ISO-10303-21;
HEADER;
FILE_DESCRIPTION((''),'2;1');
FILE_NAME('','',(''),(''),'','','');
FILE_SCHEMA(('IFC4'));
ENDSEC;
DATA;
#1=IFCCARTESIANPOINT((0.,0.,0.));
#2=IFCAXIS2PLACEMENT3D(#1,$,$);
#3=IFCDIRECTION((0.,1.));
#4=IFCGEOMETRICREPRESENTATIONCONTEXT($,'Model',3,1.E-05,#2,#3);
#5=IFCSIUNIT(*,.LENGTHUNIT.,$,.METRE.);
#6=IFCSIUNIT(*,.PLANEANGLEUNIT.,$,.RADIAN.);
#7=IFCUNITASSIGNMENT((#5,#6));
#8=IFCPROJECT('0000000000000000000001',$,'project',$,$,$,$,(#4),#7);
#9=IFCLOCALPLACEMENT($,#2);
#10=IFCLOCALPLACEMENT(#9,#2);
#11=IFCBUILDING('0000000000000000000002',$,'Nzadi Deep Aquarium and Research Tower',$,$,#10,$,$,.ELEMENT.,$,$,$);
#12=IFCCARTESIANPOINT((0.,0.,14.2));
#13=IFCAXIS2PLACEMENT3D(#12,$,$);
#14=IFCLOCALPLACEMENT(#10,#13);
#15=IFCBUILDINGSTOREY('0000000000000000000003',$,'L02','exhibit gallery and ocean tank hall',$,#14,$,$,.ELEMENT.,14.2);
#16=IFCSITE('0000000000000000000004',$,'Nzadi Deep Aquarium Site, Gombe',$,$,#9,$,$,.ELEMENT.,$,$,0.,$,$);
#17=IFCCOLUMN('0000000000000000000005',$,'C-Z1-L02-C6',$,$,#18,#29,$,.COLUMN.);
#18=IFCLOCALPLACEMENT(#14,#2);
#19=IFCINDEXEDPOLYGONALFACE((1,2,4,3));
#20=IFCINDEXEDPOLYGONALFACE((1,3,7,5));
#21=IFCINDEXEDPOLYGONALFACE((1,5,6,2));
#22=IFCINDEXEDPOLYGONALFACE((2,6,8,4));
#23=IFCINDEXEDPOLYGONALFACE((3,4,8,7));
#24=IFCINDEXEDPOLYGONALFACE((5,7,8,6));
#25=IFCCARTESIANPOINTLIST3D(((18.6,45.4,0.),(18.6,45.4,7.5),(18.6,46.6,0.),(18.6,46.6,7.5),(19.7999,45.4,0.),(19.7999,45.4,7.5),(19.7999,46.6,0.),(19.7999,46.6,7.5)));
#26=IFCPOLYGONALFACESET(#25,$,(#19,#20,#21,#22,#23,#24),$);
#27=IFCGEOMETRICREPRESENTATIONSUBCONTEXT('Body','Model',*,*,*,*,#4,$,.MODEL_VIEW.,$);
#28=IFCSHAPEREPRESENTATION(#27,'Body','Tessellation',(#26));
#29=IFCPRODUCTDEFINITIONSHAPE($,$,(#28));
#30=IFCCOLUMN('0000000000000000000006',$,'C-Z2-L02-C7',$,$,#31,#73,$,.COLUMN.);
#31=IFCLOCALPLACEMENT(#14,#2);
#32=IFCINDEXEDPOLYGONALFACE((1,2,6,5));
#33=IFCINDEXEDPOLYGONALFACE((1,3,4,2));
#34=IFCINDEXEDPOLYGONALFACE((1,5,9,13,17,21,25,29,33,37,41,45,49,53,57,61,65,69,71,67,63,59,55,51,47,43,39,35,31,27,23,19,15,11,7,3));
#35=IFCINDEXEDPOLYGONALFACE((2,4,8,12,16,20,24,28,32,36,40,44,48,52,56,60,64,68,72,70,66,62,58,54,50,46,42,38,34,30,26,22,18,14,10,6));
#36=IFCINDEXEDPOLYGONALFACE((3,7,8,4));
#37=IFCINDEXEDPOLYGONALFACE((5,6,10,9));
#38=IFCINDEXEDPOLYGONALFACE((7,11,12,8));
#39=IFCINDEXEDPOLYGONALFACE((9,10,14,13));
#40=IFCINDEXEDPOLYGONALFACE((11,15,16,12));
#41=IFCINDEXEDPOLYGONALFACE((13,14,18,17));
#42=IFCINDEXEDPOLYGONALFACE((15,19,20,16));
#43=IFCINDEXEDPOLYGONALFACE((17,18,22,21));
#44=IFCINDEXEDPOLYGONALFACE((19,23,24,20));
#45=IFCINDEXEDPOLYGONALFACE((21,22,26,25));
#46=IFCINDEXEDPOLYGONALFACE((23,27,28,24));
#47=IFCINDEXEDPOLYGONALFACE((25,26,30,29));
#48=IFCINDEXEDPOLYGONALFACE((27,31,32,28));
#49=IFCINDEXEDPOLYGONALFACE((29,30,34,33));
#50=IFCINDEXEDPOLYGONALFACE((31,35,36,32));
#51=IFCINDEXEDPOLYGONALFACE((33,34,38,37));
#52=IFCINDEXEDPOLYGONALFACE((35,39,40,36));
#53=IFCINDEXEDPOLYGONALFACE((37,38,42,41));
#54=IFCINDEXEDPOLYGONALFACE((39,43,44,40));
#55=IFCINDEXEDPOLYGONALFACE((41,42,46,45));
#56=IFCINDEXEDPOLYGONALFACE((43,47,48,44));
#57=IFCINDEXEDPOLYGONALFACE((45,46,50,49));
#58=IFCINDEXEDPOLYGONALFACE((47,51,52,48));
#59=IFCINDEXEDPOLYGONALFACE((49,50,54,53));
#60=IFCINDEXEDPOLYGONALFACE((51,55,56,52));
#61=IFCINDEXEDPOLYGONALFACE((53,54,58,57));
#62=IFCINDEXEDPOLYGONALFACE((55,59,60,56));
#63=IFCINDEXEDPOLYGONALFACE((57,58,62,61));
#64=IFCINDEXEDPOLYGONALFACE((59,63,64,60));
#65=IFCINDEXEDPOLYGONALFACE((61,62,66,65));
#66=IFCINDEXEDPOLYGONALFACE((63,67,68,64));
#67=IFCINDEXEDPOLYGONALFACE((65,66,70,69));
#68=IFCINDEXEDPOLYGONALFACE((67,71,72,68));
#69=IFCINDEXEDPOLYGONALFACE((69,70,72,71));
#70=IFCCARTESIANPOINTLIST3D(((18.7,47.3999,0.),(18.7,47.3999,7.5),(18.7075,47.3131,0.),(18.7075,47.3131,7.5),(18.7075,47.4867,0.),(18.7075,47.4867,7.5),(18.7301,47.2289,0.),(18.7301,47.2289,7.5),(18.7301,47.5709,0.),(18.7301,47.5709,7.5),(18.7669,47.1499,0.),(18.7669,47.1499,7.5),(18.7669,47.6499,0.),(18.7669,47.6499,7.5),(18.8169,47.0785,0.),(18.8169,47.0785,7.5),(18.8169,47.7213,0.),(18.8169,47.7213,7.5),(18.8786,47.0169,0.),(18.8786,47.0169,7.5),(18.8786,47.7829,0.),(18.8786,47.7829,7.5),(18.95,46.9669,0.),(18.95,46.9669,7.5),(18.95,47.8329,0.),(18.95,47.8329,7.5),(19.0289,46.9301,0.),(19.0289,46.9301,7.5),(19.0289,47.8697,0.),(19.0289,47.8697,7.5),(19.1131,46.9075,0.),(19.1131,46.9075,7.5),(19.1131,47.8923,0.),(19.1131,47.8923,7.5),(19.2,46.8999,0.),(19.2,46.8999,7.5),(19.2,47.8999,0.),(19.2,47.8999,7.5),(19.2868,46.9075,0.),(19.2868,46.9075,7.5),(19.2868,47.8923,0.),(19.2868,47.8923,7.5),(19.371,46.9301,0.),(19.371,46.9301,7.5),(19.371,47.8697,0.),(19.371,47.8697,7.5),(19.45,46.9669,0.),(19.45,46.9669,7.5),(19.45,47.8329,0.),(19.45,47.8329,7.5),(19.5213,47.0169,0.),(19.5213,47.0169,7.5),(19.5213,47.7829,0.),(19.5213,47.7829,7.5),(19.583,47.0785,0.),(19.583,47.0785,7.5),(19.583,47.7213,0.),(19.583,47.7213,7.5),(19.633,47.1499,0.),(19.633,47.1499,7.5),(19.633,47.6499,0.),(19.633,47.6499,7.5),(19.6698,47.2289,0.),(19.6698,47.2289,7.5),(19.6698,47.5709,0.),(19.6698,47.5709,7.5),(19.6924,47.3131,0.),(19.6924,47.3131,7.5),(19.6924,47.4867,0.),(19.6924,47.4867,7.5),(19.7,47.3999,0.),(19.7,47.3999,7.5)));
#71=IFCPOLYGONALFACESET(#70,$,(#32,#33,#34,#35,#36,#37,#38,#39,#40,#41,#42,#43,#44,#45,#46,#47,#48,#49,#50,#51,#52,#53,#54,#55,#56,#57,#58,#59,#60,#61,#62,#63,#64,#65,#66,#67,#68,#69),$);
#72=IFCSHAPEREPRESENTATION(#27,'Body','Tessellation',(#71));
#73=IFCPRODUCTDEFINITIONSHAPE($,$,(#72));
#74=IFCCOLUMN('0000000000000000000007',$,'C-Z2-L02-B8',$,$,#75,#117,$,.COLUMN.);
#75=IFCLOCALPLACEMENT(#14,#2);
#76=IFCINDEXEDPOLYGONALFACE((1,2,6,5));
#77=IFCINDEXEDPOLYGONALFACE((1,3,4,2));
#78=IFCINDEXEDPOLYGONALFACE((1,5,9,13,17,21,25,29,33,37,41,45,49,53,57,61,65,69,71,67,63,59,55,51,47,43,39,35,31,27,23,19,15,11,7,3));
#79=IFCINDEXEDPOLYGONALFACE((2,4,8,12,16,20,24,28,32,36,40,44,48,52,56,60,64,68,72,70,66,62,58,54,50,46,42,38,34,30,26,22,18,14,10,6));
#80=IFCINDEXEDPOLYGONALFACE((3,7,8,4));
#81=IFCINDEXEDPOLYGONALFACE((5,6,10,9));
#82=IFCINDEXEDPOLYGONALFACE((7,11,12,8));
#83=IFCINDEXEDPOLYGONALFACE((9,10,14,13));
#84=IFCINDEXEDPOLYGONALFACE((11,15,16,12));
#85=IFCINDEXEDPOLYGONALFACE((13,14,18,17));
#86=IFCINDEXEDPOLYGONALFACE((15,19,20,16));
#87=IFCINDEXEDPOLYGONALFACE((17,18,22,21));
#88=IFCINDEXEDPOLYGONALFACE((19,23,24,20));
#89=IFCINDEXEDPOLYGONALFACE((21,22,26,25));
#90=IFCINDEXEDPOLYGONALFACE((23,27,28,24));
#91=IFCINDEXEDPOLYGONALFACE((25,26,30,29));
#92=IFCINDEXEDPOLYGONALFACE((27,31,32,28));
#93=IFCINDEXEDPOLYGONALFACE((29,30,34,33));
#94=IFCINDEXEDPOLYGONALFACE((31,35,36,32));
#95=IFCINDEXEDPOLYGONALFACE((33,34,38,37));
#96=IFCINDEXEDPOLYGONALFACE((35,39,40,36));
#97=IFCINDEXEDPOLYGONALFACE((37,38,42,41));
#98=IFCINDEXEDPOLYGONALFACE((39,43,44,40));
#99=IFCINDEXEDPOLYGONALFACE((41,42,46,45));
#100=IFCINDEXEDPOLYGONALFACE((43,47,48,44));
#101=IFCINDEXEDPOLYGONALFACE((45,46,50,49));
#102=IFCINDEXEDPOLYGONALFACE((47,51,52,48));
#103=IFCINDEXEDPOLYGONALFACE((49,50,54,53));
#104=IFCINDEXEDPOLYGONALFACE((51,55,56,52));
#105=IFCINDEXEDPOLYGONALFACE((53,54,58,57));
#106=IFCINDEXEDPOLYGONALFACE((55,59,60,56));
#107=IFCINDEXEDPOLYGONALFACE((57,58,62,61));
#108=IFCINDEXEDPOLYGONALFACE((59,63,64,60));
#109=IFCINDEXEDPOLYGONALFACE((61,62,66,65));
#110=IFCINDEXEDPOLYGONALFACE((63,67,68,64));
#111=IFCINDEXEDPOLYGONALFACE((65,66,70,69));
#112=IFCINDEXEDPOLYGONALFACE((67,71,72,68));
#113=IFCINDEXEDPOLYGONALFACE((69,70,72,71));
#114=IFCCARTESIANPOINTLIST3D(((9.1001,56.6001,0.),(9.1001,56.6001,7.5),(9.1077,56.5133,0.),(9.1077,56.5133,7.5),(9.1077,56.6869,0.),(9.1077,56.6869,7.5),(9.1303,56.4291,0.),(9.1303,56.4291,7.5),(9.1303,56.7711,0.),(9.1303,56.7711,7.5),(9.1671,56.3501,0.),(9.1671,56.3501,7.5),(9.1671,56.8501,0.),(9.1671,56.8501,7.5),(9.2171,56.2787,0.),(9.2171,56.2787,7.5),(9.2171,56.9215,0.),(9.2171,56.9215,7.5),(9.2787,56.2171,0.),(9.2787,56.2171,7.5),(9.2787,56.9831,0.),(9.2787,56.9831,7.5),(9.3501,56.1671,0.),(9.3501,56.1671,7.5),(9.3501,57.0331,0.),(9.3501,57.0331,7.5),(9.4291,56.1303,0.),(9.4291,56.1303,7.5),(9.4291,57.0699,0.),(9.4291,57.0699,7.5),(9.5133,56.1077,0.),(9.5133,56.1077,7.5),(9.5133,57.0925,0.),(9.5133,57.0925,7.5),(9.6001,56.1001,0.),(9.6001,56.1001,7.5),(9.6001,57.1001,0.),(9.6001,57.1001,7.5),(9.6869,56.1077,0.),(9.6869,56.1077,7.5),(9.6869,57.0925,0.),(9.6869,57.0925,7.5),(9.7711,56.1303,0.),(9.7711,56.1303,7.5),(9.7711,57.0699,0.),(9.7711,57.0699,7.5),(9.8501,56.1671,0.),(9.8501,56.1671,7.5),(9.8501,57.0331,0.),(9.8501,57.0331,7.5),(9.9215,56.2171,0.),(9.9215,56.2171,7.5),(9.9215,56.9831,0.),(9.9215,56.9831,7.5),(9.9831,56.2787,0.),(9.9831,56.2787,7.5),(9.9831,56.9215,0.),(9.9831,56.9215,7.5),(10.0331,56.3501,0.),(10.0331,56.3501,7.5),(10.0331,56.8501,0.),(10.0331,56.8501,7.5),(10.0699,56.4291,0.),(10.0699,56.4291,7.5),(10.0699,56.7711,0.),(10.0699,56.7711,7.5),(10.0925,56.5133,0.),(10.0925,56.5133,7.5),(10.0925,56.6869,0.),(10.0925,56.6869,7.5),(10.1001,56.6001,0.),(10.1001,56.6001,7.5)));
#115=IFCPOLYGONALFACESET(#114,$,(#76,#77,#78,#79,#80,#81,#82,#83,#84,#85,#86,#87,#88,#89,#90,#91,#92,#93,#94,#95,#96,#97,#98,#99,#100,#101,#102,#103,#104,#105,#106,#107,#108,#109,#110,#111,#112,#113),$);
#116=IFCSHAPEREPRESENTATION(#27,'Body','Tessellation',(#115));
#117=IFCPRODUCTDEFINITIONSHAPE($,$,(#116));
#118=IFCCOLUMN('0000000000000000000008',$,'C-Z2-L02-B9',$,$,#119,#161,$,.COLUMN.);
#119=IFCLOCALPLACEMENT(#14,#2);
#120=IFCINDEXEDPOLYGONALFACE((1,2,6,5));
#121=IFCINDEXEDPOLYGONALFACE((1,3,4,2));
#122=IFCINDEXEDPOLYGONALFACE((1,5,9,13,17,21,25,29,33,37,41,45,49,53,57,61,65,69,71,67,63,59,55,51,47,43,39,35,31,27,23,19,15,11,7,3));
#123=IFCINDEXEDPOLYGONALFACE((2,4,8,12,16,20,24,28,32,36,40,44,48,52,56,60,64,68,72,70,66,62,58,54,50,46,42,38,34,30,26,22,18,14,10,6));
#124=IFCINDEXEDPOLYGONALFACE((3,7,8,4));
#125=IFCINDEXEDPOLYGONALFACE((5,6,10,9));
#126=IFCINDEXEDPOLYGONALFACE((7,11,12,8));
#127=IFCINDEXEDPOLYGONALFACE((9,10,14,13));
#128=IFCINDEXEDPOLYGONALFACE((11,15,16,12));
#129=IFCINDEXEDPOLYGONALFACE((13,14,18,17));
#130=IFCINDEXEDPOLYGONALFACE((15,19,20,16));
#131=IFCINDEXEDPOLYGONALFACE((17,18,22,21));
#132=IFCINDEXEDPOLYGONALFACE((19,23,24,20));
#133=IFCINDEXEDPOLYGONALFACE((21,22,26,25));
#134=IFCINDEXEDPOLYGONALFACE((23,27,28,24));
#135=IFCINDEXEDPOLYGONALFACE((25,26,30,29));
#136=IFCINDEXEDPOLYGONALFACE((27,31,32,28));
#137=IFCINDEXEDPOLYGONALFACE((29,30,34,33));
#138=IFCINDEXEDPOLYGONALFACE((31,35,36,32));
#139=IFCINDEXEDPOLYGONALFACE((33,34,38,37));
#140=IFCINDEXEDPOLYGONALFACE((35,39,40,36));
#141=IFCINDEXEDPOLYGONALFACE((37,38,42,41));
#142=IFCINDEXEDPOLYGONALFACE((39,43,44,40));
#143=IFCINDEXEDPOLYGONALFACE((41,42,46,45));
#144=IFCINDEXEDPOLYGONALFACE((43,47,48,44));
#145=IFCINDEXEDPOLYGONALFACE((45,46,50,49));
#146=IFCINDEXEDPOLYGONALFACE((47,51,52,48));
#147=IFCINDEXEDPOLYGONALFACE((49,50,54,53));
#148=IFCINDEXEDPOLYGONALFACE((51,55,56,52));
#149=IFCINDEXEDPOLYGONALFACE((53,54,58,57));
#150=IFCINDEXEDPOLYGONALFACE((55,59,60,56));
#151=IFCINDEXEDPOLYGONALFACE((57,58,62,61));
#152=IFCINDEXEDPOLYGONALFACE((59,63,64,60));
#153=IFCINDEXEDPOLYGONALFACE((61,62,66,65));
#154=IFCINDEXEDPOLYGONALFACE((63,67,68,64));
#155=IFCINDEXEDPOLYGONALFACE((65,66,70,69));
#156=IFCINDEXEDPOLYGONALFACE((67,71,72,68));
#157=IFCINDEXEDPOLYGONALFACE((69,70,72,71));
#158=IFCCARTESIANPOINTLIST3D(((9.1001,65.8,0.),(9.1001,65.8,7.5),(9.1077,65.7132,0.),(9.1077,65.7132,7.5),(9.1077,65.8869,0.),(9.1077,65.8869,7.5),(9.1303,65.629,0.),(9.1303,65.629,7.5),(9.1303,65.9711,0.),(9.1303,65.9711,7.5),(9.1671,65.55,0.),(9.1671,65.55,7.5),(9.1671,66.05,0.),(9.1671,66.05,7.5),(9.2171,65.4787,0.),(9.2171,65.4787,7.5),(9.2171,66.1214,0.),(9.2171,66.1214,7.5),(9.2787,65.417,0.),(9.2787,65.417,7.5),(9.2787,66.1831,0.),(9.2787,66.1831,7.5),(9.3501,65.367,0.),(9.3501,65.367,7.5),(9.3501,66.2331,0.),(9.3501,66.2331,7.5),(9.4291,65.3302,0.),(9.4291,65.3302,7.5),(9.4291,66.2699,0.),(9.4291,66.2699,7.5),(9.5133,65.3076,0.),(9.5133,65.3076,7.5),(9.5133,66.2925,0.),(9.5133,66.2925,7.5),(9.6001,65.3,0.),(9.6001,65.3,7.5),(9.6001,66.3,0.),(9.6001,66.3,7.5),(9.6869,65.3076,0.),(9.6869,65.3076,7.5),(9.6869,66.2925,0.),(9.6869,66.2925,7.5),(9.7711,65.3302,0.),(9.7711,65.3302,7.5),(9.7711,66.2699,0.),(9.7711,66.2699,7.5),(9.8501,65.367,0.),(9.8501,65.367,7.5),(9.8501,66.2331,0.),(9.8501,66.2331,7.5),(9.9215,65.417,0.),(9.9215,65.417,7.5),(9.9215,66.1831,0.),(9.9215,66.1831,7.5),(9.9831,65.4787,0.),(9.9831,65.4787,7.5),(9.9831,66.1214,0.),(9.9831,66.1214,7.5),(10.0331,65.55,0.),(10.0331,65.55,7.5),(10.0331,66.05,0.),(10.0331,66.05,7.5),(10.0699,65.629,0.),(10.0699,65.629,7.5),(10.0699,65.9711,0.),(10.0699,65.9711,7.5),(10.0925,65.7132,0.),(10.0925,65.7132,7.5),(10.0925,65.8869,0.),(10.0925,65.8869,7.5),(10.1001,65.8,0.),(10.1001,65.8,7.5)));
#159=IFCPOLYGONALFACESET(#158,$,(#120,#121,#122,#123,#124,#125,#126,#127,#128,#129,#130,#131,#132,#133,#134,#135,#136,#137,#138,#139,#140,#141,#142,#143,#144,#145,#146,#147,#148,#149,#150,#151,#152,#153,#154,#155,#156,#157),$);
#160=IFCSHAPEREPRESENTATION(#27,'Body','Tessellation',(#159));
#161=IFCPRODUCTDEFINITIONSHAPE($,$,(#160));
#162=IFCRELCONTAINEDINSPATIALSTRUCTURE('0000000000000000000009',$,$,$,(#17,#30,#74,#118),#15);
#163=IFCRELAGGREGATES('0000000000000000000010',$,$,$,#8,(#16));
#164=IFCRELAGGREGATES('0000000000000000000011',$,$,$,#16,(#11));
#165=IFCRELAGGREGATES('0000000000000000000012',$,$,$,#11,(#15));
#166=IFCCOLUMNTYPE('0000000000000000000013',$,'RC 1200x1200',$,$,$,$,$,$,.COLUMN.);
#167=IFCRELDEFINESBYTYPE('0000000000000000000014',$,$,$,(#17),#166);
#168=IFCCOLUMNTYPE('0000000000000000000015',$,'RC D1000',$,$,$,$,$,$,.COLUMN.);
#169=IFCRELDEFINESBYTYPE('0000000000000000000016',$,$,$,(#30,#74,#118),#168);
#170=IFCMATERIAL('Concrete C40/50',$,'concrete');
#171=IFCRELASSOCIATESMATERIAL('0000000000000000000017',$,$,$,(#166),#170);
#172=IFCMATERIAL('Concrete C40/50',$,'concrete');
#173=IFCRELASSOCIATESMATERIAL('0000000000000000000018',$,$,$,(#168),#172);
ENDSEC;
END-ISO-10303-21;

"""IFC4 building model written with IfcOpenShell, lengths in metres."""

from ifc_helpers import new_model, si_unit, direction, frame, origin, origin_2d, place, context, subcontext, project, spatial, rectangle, circle, extrude, material, material_profile, profile_set, type_object, element, save


model = new_model("IFC4")

# Units and contexts
model_context = context("Model", 3, precision=1e-05, world=origin(), true_north=direction((0.0, 1.0)))
body_context = subcontext(model_context, "Body", "Model", "MODEL_VIEW")
ifc_project = project(units=[si_unit("LENGTHUNIT", "METRE"), si_unit("PLANEANGLEUNIT", "RADIAN")], contexts=[model_context])

# Site, building, storey
site_placement = place(None, origin())
site = spatial("IfcSite", under=ifc_project, at=site_placement, Name="Nzadi Deep Aquarium Site, Gombe", CompositionType="ELEMENT", RefElevation=0.0)
building_placement = place(site_placement, origin())
building = spatial("IfcBuilding", under=site, at=building_placement, Name="Nzadi Deep Aquarium and Research Tower", CompositionType="ELEMENT")
storey_placement = place(building_placement, frame((0.0, 0.0, 14.2)))
storey = spatial("IfcBuildingStorey", under=building, at=storey_placement, Name="L02", Description="exhibit gallery and ocean tank hall", CompositionType="ELEMENT", Elevation=14.2)

# Columns
ifc_material_1 = material(Name="Concrete C40/50", Category="concrete")
ifc_material_profile_1 = material_profile(ifc_material_1, rectangle(XDim=1.2, YDim=1.2, at=origin_2d()))
ifc_profile_set_1 = profile_set([ifc_material_profile_1], Name="Concrete C40/50")
column_type_1 = type_object("IfcColumnType", Name="RC 1200x1200", PredefinedType="COLUMN", material=ifc_profile_set_1)
column_placement = place(storey_placement, frame((19.2, 46.0, 0.0), z_axis=(0.0, 0.0, 1.0), x_axis=(1.0, 0.0, 0.0)))
element("IfcColumn", 1, at=column_placement, inside=storey, type_object=column_type_1, Name="C-Z1-L02-C6", PredefinedType="COLUMN", context=body_context, shape_type="SweptSolid", body=[
    extrude(rectangle(XDim=1.2, YDim=1.2, at=origin_2d()), origin(), (0.0, 0.0, 1.0), 7.5),
])
ifc_material_2 = material(Name="Concrete C40/50", Category="concrete")
ifc_material_profile_2 = material_profile(ifc_material_2, circle(Radius=0.5, at=origin_2d()))
ifc_profile_set_2 = profile_set([ifc_material_profile_2], Name="Concrete C40/50")
column_type_2 = type_object("IfcColumnType", Name="RC D1000", PredefinedType="COLUMN", material=ifc_profile_set_2)
for number, where, z_axis, x_axis, name in (
    (2, (19.2, 47.3999, 0.0), (0.0, 0.0, 1.0), (1.0, 0.0, 0.0), "C-Z2-L02-C7"),
    (3, (9.6001, 56.6001, 0.0), (0.0, 0.0, 1.0), (1.0, 0.0, 0.0), "C-Z2-L02-B8"),
    (4, (9.6001, 65.8, 0.0), (0.0, 0.0, 1.0), (1.0, 0.0, 0.0), "C-Z2-L02-B9"),
):
    element("IfcColumn", number, at=place(storey_placement, frame(where, z_axis=z_axis, x_axis=x_axis)), inside=storey, type_object=column_type_2, Name=name, PredefinedType="COLUMN", context=body_context, shape_type="SweptSolid", body=[
        extrude(circle(Radius=0.5, at=origin_2d()), origin(), (0.0, 0.0, 1.0), 7.5),
    ])

save(model, "model.ifc")
